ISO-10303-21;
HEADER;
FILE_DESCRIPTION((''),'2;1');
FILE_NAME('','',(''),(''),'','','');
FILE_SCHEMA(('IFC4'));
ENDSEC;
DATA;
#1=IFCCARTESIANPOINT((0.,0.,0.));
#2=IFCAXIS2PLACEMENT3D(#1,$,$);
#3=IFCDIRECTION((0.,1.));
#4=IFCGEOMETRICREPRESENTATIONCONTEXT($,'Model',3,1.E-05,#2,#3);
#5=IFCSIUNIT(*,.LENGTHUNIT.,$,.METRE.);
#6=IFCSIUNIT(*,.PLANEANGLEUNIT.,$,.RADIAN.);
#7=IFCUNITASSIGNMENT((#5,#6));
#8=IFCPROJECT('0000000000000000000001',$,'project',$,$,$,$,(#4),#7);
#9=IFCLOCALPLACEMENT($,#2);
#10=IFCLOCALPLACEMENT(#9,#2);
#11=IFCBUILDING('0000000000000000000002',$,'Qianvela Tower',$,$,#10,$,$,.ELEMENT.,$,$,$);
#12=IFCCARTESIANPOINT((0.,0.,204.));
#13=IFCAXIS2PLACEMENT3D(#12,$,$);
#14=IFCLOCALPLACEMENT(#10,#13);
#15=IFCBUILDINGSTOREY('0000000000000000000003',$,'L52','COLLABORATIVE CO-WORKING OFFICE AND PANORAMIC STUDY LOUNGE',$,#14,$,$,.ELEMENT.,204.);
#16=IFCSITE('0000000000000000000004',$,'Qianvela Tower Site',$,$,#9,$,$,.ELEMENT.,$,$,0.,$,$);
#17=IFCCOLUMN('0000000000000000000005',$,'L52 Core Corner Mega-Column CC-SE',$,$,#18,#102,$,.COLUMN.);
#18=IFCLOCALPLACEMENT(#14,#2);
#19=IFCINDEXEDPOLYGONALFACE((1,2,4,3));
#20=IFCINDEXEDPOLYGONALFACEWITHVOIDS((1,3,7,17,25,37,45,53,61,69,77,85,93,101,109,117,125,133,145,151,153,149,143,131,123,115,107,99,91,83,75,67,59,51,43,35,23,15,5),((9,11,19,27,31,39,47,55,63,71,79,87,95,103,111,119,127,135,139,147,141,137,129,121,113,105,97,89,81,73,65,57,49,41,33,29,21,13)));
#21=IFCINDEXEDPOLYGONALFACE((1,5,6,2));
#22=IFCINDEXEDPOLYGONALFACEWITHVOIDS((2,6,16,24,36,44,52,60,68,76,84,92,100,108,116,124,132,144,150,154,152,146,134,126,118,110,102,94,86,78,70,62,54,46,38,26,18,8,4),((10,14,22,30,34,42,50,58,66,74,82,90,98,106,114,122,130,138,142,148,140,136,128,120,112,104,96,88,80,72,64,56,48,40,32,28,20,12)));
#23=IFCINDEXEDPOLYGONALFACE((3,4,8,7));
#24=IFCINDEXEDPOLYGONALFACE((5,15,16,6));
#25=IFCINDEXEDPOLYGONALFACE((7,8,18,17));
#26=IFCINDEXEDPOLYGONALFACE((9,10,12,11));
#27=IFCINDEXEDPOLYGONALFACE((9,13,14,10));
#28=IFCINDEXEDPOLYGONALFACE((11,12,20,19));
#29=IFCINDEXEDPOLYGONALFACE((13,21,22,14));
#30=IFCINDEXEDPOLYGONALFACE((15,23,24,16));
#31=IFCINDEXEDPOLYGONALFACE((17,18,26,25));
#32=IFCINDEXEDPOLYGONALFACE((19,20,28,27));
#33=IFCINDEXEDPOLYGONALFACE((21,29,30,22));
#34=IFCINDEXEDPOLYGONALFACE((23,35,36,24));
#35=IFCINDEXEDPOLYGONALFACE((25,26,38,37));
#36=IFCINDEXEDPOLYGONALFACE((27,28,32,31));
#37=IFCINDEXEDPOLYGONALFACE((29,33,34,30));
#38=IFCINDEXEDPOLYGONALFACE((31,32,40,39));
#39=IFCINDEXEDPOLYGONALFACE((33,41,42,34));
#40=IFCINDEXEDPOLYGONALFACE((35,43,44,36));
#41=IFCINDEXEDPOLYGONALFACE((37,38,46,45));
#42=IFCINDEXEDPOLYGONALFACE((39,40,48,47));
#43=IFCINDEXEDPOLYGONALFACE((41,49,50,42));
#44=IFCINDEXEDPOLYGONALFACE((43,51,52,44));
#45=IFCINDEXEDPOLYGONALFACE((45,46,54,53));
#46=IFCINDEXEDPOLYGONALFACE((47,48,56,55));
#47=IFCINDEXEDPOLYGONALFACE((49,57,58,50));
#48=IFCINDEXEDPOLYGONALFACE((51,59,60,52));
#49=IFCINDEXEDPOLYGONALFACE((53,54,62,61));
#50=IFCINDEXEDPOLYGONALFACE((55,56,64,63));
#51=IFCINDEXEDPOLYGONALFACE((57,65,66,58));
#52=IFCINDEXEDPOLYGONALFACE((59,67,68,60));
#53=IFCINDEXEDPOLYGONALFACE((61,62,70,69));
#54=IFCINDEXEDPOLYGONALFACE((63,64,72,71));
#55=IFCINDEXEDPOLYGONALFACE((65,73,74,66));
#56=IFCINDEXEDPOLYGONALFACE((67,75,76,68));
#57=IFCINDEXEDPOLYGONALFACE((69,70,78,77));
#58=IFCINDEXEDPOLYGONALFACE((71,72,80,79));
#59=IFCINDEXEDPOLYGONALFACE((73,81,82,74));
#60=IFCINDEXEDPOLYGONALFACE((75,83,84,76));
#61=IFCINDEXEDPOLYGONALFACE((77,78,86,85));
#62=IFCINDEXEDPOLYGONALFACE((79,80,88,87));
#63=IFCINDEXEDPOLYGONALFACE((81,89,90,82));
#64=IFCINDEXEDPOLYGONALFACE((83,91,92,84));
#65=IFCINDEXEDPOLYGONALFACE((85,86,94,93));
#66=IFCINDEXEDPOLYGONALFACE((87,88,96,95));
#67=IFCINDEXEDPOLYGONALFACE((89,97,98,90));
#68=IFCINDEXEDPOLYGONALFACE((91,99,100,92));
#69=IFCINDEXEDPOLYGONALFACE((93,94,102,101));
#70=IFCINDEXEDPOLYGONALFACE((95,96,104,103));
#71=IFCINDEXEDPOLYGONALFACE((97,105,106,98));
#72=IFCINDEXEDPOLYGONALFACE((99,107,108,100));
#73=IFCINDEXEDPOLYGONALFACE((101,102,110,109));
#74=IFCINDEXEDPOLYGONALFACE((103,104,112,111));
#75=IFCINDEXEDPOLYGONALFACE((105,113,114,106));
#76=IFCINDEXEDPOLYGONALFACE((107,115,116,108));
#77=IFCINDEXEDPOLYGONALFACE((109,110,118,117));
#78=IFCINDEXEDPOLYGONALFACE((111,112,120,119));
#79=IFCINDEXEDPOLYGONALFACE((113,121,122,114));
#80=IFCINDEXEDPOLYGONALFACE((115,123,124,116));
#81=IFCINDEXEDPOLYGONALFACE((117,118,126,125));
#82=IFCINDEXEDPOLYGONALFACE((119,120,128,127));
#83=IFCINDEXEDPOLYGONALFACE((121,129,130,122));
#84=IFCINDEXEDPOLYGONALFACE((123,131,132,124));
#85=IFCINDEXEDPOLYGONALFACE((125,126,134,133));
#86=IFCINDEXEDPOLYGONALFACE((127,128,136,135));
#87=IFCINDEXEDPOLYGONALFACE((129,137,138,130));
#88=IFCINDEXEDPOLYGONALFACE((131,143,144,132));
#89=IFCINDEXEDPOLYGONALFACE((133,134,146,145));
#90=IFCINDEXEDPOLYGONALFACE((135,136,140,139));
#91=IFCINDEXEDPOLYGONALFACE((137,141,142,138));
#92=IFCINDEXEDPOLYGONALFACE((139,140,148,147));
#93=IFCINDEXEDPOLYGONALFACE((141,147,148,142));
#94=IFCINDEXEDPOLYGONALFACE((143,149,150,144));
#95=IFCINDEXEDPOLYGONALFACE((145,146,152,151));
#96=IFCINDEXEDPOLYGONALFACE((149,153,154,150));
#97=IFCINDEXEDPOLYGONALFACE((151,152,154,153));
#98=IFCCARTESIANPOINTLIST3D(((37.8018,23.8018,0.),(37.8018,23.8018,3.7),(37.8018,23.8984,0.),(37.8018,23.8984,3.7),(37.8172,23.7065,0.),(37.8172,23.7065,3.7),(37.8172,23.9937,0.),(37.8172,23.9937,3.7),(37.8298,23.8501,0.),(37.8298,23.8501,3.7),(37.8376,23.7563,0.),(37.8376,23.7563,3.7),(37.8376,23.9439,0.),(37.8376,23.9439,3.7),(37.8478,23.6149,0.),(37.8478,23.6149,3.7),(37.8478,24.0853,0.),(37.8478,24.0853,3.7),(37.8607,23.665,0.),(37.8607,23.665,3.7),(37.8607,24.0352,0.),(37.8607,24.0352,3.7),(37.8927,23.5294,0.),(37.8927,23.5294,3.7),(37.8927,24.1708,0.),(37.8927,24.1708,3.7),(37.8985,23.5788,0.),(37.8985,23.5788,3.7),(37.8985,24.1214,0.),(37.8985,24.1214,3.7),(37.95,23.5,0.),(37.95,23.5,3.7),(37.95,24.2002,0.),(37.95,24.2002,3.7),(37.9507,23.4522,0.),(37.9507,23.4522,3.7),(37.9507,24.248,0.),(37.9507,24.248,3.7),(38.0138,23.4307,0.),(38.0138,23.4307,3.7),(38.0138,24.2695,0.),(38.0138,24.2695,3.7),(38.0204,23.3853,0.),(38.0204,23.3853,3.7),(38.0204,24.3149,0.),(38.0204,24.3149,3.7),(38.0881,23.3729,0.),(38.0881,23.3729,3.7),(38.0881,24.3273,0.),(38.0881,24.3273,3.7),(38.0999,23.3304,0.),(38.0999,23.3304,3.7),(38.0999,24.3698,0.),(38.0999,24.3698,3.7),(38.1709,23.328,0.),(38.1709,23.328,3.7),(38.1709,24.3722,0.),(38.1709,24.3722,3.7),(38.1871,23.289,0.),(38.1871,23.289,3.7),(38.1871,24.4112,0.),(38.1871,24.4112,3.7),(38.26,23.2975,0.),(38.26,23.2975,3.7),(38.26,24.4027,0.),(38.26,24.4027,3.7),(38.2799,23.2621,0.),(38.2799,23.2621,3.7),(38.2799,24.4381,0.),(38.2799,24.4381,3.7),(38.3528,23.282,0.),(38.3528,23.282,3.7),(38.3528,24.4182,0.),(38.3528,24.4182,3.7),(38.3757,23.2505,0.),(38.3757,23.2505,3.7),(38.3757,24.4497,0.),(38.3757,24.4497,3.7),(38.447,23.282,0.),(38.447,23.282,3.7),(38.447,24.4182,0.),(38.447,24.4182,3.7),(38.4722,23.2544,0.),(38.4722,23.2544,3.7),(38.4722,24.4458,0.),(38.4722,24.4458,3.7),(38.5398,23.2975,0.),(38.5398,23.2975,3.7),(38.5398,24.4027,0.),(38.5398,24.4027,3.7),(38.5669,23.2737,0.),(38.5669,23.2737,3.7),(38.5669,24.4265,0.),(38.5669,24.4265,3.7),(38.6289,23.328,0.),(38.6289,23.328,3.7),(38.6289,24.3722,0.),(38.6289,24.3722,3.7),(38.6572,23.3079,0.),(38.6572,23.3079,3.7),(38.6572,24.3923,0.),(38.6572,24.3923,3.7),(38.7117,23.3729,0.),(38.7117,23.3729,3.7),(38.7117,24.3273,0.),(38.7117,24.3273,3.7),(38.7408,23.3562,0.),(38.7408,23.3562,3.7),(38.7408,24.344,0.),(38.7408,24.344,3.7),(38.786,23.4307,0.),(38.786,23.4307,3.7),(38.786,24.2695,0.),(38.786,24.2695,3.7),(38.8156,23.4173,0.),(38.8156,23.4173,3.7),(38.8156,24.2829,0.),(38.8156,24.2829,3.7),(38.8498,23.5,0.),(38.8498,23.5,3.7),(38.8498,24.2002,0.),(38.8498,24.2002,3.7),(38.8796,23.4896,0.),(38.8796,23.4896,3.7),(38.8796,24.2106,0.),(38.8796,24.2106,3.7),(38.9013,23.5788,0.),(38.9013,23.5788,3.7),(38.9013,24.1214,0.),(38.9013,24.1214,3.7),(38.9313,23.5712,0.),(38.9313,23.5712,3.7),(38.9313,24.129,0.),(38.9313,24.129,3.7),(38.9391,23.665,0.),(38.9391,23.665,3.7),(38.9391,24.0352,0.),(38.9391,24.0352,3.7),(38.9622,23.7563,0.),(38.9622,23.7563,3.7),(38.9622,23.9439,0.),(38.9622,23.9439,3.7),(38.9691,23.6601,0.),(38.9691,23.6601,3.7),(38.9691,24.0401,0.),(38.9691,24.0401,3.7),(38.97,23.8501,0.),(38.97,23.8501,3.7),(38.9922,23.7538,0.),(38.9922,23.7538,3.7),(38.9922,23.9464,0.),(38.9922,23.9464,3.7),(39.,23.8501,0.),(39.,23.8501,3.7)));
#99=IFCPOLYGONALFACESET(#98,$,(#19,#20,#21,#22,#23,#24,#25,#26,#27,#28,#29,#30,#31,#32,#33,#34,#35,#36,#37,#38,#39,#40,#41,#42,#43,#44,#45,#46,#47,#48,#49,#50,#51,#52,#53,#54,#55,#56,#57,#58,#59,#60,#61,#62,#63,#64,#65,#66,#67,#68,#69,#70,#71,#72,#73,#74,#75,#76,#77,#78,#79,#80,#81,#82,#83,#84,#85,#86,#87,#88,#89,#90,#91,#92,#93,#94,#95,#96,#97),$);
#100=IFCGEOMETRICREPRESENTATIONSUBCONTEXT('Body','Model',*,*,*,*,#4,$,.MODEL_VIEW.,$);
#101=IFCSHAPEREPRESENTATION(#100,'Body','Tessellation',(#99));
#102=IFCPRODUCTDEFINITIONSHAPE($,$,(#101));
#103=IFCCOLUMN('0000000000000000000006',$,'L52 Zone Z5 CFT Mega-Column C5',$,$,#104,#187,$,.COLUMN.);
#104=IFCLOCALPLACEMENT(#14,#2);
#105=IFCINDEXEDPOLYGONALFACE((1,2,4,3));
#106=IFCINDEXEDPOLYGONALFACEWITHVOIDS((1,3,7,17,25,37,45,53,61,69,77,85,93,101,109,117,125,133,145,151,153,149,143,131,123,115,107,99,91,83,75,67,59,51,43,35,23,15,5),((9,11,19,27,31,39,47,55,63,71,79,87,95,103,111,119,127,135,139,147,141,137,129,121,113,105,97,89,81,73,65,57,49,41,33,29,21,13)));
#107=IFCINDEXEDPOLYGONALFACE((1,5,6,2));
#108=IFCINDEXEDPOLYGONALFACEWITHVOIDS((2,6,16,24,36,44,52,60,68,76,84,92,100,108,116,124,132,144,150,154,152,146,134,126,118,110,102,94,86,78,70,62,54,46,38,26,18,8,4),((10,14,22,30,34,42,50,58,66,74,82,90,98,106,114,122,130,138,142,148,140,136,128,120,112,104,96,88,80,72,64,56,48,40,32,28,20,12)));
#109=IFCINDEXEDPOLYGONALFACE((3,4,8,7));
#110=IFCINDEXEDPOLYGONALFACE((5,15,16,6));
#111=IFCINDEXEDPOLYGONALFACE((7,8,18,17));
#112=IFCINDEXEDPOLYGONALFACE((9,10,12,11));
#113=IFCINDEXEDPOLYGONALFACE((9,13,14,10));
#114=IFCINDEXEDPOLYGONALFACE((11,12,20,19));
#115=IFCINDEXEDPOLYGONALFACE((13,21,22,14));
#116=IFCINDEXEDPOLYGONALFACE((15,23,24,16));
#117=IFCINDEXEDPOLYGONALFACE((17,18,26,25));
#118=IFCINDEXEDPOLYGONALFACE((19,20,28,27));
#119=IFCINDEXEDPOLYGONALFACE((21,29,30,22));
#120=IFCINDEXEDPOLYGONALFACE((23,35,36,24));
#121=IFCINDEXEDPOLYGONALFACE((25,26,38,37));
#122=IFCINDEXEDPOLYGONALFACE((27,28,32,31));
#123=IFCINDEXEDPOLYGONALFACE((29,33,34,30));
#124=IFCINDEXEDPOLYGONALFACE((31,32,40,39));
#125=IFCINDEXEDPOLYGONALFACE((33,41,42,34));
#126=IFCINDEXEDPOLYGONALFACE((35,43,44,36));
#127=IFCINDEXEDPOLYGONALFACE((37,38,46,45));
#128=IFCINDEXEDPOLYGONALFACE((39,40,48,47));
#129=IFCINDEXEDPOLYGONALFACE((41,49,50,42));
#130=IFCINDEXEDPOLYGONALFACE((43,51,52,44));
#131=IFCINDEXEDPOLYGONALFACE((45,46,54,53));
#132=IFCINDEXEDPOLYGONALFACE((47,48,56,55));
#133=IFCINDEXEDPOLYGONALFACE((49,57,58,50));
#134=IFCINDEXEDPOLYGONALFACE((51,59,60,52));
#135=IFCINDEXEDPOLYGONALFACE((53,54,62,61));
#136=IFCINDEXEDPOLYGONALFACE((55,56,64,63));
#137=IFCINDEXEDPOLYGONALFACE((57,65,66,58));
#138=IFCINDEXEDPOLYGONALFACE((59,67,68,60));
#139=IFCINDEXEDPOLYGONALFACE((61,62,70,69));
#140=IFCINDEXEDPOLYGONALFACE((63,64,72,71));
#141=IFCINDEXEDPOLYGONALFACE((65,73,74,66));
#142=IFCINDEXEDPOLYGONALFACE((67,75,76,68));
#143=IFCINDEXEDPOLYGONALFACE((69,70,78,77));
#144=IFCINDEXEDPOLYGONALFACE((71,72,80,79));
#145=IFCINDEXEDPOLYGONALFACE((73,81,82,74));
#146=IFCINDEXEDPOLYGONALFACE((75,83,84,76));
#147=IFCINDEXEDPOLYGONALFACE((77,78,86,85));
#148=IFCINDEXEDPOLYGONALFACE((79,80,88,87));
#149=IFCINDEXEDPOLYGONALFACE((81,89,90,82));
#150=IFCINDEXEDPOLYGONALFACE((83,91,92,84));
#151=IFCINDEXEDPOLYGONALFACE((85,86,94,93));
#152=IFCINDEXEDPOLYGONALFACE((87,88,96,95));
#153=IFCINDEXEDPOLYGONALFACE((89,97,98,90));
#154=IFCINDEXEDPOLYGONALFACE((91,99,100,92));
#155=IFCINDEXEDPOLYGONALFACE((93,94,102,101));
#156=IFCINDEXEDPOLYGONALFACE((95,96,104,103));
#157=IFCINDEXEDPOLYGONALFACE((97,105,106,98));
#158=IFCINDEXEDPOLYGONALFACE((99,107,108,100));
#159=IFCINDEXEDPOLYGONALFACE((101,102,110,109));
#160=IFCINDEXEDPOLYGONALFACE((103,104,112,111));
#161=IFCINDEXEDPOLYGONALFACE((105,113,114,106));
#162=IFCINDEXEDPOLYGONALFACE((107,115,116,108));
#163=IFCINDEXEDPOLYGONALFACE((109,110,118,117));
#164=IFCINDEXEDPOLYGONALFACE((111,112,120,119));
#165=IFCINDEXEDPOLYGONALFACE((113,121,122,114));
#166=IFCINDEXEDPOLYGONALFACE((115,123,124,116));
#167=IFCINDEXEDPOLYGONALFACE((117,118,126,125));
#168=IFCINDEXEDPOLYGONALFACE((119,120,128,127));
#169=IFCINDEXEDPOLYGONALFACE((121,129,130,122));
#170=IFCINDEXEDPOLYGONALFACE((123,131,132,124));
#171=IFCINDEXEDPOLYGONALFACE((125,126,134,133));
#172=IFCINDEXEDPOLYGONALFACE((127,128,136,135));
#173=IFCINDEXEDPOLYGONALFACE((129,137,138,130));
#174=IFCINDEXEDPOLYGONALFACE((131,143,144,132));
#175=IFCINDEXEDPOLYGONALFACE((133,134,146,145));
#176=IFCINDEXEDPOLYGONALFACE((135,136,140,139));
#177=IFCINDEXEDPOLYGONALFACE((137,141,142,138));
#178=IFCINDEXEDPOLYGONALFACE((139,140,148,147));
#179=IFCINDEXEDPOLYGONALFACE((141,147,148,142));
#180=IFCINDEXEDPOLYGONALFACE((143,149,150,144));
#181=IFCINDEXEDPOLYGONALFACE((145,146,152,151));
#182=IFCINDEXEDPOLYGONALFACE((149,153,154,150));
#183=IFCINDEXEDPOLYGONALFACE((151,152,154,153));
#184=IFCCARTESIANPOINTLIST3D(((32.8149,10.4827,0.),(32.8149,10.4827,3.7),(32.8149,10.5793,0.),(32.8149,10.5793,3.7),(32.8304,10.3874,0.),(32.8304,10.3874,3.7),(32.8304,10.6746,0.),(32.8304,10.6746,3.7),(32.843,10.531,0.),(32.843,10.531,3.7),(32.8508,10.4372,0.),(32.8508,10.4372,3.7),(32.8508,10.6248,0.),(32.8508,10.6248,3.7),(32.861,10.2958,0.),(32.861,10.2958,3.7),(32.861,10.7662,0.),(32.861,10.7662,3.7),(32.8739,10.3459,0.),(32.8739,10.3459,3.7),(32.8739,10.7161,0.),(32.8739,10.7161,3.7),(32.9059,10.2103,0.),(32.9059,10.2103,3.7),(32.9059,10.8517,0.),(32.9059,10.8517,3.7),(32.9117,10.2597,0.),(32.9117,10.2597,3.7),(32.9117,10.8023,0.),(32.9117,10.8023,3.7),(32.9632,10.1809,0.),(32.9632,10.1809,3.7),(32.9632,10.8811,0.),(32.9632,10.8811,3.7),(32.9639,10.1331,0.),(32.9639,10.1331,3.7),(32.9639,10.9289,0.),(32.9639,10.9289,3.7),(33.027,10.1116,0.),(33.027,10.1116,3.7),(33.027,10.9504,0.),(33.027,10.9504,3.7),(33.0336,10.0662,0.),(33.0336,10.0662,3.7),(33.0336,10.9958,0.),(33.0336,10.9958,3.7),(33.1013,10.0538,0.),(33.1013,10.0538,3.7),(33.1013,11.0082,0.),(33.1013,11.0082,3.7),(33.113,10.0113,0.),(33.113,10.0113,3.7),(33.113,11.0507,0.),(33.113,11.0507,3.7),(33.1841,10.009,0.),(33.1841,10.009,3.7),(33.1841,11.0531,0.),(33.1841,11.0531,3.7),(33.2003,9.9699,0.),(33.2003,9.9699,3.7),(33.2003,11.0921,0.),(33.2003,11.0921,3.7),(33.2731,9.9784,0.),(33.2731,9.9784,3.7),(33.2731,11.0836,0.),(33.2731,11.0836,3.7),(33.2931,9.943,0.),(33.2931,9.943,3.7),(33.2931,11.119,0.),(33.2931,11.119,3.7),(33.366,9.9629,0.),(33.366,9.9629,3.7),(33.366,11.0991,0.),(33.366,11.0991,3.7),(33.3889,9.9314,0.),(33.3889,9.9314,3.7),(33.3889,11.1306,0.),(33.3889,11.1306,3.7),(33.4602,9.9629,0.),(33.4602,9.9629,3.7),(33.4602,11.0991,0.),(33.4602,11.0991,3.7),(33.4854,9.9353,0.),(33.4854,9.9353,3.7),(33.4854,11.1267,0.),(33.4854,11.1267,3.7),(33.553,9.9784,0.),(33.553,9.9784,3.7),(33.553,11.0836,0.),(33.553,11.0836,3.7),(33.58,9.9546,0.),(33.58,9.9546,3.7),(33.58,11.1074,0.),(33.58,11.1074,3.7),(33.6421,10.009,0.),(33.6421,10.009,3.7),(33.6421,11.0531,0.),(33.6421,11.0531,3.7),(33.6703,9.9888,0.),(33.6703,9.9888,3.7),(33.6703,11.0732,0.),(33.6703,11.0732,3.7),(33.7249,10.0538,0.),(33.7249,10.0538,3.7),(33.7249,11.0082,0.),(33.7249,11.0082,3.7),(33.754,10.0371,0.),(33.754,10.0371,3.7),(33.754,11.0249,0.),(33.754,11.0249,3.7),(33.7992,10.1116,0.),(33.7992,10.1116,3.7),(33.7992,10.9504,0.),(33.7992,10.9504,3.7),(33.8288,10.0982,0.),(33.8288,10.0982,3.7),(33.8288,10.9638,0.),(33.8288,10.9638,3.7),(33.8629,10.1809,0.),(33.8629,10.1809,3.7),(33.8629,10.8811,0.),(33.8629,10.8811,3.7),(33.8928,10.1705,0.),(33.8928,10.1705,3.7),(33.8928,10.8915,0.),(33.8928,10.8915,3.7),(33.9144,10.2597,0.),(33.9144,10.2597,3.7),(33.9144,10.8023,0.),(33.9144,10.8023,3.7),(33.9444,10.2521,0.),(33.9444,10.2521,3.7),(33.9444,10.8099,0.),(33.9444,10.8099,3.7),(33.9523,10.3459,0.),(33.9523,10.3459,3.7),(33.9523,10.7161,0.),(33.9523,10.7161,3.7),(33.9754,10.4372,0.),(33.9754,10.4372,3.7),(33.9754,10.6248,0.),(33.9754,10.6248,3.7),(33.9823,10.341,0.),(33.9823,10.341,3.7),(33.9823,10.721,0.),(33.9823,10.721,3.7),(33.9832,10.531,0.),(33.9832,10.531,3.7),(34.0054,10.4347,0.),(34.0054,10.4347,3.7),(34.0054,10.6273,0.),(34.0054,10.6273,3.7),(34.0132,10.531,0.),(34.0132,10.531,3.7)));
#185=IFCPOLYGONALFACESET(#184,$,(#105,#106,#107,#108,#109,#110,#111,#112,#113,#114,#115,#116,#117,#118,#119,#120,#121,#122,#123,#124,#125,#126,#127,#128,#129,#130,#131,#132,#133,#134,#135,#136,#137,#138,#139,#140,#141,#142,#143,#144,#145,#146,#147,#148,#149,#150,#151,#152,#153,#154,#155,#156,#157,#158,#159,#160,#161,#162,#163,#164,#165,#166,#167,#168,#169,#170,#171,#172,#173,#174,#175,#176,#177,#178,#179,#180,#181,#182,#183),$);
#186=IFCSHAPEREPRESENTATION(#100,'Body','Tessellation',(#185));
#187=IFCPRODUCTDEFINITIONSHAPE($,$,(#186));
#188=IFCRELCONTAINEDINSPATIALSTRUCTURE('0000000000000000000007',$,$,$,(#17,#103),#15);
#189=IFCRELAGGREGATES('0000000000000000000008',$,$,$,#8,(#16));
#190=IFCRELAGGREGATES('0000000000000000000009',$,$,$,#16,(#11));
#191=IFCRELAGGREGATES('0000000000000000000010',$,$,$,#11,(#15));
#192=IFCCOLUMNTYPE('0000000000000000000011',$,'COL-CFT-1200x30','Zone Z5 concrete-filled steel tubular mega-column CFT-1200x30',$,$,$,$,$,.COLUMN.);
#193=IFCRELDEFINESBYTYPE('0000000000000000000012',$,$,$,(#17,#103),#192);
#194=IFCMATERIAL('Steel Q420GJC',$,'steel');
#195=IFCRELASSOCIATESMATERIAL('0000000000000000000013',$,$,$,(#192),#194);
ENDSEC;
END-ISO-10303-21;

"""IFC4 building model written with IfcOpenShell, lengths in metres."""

from ifc_helpers import new_model, si_unit, direction, frame, origin, origin_2d, place, context, subcontext, project, spatial, hollow_circle, extrude, material, material_profile, profile_set, type_object, element, save


model = new_model("IFC4")

# Units and contexts
model_context = context("Model", 3, precision=1e-05, world=origin(), true_north=direction((0.0, 1.0)))
body_context = subcontext(model_context, "Body", "Model", "MODEL_VIEW")
ifc_project = project(units=[si_unit("LENGTHUNIT", "METRE"), si_unit("PLANEANGLEUNIT", "RADIAN")], contexts=[model_context])

# Site, building, storey
site_placement = place(None, origin())
site = spatial("IfcSite", under=ifc_project, at=site_placement, Name="Qianvela Tower Site", CompositionType="ELEMENT", RefElevation=0.0)
building_placement = place(site_placement, origin())
building = spatial("IfcBuilding", under=site, at=building_placement, Name="Qianvela Tower", CompositionType="ELEMENT")
storey_placement = place(building_placement, frame((0.0, 0.0, 204.0)))
storey = spatial("IfcBuildingStorey", under=building, at=storey_placement, Name="L52", Description="COLLABORATIVE CO-WORKING OFFICE AND PANORAMIC STUDY LOUNGE", CompositionType="ELEMENT", Elevation=204.0)

# Columns
ifc_material_1 = material(Name="Steel Q420GJC", Category="steel")
ifc_material_profile_1 = material_profile(ifc_material_1, hollow_circle(Radius=0.6001, WallThickness=0.03, at=origin_2d()), Name="CFT-1200x30")
ifc_profile_set_1 = profile_set([ifc_material_profile_1], Name="Steel Q420GJC")
column_type = type_object("IfcColumnType", Name="COL-CFT-1200x30", Description="Zone Z5 concrete-filled steel tubular mega-column CFT-1200x30", PredefinedType="COLUMN", material=ifc_profile_set_1)
for number, where, z_axis, x_axis, name in (
    (1, (38.3999, 23.8501, 0.0), (0.0, 0.0, 1.0), (1.0, 0.0, 0.0), "L52 Core Corner Mega-Column CC-SE"),
    (2, (33.4131, 10.531, 0.0), (0.0, 0.0, 1.0), (1.0, 0.0, 0.0), "L52 Zone Z5 CFT Mega-Column C5"),
):
    element("IfcColumn", number, at=place(storey_placement, frame(where, z_axis=z_axis, x_axis=x_axis)), inside=storey, type_object=column_type, Name=name, PredefinedType="COLUMN", context=body_context, shape_type="SweptSolid", body=[
        extrude(hollow_circle(Radius=0.6001, WallThickness=0.03, at=origin_2d()), origin(), (0.0, 0.0, 1.0), 3.7),
    ])

save(model, "model.ifc")
